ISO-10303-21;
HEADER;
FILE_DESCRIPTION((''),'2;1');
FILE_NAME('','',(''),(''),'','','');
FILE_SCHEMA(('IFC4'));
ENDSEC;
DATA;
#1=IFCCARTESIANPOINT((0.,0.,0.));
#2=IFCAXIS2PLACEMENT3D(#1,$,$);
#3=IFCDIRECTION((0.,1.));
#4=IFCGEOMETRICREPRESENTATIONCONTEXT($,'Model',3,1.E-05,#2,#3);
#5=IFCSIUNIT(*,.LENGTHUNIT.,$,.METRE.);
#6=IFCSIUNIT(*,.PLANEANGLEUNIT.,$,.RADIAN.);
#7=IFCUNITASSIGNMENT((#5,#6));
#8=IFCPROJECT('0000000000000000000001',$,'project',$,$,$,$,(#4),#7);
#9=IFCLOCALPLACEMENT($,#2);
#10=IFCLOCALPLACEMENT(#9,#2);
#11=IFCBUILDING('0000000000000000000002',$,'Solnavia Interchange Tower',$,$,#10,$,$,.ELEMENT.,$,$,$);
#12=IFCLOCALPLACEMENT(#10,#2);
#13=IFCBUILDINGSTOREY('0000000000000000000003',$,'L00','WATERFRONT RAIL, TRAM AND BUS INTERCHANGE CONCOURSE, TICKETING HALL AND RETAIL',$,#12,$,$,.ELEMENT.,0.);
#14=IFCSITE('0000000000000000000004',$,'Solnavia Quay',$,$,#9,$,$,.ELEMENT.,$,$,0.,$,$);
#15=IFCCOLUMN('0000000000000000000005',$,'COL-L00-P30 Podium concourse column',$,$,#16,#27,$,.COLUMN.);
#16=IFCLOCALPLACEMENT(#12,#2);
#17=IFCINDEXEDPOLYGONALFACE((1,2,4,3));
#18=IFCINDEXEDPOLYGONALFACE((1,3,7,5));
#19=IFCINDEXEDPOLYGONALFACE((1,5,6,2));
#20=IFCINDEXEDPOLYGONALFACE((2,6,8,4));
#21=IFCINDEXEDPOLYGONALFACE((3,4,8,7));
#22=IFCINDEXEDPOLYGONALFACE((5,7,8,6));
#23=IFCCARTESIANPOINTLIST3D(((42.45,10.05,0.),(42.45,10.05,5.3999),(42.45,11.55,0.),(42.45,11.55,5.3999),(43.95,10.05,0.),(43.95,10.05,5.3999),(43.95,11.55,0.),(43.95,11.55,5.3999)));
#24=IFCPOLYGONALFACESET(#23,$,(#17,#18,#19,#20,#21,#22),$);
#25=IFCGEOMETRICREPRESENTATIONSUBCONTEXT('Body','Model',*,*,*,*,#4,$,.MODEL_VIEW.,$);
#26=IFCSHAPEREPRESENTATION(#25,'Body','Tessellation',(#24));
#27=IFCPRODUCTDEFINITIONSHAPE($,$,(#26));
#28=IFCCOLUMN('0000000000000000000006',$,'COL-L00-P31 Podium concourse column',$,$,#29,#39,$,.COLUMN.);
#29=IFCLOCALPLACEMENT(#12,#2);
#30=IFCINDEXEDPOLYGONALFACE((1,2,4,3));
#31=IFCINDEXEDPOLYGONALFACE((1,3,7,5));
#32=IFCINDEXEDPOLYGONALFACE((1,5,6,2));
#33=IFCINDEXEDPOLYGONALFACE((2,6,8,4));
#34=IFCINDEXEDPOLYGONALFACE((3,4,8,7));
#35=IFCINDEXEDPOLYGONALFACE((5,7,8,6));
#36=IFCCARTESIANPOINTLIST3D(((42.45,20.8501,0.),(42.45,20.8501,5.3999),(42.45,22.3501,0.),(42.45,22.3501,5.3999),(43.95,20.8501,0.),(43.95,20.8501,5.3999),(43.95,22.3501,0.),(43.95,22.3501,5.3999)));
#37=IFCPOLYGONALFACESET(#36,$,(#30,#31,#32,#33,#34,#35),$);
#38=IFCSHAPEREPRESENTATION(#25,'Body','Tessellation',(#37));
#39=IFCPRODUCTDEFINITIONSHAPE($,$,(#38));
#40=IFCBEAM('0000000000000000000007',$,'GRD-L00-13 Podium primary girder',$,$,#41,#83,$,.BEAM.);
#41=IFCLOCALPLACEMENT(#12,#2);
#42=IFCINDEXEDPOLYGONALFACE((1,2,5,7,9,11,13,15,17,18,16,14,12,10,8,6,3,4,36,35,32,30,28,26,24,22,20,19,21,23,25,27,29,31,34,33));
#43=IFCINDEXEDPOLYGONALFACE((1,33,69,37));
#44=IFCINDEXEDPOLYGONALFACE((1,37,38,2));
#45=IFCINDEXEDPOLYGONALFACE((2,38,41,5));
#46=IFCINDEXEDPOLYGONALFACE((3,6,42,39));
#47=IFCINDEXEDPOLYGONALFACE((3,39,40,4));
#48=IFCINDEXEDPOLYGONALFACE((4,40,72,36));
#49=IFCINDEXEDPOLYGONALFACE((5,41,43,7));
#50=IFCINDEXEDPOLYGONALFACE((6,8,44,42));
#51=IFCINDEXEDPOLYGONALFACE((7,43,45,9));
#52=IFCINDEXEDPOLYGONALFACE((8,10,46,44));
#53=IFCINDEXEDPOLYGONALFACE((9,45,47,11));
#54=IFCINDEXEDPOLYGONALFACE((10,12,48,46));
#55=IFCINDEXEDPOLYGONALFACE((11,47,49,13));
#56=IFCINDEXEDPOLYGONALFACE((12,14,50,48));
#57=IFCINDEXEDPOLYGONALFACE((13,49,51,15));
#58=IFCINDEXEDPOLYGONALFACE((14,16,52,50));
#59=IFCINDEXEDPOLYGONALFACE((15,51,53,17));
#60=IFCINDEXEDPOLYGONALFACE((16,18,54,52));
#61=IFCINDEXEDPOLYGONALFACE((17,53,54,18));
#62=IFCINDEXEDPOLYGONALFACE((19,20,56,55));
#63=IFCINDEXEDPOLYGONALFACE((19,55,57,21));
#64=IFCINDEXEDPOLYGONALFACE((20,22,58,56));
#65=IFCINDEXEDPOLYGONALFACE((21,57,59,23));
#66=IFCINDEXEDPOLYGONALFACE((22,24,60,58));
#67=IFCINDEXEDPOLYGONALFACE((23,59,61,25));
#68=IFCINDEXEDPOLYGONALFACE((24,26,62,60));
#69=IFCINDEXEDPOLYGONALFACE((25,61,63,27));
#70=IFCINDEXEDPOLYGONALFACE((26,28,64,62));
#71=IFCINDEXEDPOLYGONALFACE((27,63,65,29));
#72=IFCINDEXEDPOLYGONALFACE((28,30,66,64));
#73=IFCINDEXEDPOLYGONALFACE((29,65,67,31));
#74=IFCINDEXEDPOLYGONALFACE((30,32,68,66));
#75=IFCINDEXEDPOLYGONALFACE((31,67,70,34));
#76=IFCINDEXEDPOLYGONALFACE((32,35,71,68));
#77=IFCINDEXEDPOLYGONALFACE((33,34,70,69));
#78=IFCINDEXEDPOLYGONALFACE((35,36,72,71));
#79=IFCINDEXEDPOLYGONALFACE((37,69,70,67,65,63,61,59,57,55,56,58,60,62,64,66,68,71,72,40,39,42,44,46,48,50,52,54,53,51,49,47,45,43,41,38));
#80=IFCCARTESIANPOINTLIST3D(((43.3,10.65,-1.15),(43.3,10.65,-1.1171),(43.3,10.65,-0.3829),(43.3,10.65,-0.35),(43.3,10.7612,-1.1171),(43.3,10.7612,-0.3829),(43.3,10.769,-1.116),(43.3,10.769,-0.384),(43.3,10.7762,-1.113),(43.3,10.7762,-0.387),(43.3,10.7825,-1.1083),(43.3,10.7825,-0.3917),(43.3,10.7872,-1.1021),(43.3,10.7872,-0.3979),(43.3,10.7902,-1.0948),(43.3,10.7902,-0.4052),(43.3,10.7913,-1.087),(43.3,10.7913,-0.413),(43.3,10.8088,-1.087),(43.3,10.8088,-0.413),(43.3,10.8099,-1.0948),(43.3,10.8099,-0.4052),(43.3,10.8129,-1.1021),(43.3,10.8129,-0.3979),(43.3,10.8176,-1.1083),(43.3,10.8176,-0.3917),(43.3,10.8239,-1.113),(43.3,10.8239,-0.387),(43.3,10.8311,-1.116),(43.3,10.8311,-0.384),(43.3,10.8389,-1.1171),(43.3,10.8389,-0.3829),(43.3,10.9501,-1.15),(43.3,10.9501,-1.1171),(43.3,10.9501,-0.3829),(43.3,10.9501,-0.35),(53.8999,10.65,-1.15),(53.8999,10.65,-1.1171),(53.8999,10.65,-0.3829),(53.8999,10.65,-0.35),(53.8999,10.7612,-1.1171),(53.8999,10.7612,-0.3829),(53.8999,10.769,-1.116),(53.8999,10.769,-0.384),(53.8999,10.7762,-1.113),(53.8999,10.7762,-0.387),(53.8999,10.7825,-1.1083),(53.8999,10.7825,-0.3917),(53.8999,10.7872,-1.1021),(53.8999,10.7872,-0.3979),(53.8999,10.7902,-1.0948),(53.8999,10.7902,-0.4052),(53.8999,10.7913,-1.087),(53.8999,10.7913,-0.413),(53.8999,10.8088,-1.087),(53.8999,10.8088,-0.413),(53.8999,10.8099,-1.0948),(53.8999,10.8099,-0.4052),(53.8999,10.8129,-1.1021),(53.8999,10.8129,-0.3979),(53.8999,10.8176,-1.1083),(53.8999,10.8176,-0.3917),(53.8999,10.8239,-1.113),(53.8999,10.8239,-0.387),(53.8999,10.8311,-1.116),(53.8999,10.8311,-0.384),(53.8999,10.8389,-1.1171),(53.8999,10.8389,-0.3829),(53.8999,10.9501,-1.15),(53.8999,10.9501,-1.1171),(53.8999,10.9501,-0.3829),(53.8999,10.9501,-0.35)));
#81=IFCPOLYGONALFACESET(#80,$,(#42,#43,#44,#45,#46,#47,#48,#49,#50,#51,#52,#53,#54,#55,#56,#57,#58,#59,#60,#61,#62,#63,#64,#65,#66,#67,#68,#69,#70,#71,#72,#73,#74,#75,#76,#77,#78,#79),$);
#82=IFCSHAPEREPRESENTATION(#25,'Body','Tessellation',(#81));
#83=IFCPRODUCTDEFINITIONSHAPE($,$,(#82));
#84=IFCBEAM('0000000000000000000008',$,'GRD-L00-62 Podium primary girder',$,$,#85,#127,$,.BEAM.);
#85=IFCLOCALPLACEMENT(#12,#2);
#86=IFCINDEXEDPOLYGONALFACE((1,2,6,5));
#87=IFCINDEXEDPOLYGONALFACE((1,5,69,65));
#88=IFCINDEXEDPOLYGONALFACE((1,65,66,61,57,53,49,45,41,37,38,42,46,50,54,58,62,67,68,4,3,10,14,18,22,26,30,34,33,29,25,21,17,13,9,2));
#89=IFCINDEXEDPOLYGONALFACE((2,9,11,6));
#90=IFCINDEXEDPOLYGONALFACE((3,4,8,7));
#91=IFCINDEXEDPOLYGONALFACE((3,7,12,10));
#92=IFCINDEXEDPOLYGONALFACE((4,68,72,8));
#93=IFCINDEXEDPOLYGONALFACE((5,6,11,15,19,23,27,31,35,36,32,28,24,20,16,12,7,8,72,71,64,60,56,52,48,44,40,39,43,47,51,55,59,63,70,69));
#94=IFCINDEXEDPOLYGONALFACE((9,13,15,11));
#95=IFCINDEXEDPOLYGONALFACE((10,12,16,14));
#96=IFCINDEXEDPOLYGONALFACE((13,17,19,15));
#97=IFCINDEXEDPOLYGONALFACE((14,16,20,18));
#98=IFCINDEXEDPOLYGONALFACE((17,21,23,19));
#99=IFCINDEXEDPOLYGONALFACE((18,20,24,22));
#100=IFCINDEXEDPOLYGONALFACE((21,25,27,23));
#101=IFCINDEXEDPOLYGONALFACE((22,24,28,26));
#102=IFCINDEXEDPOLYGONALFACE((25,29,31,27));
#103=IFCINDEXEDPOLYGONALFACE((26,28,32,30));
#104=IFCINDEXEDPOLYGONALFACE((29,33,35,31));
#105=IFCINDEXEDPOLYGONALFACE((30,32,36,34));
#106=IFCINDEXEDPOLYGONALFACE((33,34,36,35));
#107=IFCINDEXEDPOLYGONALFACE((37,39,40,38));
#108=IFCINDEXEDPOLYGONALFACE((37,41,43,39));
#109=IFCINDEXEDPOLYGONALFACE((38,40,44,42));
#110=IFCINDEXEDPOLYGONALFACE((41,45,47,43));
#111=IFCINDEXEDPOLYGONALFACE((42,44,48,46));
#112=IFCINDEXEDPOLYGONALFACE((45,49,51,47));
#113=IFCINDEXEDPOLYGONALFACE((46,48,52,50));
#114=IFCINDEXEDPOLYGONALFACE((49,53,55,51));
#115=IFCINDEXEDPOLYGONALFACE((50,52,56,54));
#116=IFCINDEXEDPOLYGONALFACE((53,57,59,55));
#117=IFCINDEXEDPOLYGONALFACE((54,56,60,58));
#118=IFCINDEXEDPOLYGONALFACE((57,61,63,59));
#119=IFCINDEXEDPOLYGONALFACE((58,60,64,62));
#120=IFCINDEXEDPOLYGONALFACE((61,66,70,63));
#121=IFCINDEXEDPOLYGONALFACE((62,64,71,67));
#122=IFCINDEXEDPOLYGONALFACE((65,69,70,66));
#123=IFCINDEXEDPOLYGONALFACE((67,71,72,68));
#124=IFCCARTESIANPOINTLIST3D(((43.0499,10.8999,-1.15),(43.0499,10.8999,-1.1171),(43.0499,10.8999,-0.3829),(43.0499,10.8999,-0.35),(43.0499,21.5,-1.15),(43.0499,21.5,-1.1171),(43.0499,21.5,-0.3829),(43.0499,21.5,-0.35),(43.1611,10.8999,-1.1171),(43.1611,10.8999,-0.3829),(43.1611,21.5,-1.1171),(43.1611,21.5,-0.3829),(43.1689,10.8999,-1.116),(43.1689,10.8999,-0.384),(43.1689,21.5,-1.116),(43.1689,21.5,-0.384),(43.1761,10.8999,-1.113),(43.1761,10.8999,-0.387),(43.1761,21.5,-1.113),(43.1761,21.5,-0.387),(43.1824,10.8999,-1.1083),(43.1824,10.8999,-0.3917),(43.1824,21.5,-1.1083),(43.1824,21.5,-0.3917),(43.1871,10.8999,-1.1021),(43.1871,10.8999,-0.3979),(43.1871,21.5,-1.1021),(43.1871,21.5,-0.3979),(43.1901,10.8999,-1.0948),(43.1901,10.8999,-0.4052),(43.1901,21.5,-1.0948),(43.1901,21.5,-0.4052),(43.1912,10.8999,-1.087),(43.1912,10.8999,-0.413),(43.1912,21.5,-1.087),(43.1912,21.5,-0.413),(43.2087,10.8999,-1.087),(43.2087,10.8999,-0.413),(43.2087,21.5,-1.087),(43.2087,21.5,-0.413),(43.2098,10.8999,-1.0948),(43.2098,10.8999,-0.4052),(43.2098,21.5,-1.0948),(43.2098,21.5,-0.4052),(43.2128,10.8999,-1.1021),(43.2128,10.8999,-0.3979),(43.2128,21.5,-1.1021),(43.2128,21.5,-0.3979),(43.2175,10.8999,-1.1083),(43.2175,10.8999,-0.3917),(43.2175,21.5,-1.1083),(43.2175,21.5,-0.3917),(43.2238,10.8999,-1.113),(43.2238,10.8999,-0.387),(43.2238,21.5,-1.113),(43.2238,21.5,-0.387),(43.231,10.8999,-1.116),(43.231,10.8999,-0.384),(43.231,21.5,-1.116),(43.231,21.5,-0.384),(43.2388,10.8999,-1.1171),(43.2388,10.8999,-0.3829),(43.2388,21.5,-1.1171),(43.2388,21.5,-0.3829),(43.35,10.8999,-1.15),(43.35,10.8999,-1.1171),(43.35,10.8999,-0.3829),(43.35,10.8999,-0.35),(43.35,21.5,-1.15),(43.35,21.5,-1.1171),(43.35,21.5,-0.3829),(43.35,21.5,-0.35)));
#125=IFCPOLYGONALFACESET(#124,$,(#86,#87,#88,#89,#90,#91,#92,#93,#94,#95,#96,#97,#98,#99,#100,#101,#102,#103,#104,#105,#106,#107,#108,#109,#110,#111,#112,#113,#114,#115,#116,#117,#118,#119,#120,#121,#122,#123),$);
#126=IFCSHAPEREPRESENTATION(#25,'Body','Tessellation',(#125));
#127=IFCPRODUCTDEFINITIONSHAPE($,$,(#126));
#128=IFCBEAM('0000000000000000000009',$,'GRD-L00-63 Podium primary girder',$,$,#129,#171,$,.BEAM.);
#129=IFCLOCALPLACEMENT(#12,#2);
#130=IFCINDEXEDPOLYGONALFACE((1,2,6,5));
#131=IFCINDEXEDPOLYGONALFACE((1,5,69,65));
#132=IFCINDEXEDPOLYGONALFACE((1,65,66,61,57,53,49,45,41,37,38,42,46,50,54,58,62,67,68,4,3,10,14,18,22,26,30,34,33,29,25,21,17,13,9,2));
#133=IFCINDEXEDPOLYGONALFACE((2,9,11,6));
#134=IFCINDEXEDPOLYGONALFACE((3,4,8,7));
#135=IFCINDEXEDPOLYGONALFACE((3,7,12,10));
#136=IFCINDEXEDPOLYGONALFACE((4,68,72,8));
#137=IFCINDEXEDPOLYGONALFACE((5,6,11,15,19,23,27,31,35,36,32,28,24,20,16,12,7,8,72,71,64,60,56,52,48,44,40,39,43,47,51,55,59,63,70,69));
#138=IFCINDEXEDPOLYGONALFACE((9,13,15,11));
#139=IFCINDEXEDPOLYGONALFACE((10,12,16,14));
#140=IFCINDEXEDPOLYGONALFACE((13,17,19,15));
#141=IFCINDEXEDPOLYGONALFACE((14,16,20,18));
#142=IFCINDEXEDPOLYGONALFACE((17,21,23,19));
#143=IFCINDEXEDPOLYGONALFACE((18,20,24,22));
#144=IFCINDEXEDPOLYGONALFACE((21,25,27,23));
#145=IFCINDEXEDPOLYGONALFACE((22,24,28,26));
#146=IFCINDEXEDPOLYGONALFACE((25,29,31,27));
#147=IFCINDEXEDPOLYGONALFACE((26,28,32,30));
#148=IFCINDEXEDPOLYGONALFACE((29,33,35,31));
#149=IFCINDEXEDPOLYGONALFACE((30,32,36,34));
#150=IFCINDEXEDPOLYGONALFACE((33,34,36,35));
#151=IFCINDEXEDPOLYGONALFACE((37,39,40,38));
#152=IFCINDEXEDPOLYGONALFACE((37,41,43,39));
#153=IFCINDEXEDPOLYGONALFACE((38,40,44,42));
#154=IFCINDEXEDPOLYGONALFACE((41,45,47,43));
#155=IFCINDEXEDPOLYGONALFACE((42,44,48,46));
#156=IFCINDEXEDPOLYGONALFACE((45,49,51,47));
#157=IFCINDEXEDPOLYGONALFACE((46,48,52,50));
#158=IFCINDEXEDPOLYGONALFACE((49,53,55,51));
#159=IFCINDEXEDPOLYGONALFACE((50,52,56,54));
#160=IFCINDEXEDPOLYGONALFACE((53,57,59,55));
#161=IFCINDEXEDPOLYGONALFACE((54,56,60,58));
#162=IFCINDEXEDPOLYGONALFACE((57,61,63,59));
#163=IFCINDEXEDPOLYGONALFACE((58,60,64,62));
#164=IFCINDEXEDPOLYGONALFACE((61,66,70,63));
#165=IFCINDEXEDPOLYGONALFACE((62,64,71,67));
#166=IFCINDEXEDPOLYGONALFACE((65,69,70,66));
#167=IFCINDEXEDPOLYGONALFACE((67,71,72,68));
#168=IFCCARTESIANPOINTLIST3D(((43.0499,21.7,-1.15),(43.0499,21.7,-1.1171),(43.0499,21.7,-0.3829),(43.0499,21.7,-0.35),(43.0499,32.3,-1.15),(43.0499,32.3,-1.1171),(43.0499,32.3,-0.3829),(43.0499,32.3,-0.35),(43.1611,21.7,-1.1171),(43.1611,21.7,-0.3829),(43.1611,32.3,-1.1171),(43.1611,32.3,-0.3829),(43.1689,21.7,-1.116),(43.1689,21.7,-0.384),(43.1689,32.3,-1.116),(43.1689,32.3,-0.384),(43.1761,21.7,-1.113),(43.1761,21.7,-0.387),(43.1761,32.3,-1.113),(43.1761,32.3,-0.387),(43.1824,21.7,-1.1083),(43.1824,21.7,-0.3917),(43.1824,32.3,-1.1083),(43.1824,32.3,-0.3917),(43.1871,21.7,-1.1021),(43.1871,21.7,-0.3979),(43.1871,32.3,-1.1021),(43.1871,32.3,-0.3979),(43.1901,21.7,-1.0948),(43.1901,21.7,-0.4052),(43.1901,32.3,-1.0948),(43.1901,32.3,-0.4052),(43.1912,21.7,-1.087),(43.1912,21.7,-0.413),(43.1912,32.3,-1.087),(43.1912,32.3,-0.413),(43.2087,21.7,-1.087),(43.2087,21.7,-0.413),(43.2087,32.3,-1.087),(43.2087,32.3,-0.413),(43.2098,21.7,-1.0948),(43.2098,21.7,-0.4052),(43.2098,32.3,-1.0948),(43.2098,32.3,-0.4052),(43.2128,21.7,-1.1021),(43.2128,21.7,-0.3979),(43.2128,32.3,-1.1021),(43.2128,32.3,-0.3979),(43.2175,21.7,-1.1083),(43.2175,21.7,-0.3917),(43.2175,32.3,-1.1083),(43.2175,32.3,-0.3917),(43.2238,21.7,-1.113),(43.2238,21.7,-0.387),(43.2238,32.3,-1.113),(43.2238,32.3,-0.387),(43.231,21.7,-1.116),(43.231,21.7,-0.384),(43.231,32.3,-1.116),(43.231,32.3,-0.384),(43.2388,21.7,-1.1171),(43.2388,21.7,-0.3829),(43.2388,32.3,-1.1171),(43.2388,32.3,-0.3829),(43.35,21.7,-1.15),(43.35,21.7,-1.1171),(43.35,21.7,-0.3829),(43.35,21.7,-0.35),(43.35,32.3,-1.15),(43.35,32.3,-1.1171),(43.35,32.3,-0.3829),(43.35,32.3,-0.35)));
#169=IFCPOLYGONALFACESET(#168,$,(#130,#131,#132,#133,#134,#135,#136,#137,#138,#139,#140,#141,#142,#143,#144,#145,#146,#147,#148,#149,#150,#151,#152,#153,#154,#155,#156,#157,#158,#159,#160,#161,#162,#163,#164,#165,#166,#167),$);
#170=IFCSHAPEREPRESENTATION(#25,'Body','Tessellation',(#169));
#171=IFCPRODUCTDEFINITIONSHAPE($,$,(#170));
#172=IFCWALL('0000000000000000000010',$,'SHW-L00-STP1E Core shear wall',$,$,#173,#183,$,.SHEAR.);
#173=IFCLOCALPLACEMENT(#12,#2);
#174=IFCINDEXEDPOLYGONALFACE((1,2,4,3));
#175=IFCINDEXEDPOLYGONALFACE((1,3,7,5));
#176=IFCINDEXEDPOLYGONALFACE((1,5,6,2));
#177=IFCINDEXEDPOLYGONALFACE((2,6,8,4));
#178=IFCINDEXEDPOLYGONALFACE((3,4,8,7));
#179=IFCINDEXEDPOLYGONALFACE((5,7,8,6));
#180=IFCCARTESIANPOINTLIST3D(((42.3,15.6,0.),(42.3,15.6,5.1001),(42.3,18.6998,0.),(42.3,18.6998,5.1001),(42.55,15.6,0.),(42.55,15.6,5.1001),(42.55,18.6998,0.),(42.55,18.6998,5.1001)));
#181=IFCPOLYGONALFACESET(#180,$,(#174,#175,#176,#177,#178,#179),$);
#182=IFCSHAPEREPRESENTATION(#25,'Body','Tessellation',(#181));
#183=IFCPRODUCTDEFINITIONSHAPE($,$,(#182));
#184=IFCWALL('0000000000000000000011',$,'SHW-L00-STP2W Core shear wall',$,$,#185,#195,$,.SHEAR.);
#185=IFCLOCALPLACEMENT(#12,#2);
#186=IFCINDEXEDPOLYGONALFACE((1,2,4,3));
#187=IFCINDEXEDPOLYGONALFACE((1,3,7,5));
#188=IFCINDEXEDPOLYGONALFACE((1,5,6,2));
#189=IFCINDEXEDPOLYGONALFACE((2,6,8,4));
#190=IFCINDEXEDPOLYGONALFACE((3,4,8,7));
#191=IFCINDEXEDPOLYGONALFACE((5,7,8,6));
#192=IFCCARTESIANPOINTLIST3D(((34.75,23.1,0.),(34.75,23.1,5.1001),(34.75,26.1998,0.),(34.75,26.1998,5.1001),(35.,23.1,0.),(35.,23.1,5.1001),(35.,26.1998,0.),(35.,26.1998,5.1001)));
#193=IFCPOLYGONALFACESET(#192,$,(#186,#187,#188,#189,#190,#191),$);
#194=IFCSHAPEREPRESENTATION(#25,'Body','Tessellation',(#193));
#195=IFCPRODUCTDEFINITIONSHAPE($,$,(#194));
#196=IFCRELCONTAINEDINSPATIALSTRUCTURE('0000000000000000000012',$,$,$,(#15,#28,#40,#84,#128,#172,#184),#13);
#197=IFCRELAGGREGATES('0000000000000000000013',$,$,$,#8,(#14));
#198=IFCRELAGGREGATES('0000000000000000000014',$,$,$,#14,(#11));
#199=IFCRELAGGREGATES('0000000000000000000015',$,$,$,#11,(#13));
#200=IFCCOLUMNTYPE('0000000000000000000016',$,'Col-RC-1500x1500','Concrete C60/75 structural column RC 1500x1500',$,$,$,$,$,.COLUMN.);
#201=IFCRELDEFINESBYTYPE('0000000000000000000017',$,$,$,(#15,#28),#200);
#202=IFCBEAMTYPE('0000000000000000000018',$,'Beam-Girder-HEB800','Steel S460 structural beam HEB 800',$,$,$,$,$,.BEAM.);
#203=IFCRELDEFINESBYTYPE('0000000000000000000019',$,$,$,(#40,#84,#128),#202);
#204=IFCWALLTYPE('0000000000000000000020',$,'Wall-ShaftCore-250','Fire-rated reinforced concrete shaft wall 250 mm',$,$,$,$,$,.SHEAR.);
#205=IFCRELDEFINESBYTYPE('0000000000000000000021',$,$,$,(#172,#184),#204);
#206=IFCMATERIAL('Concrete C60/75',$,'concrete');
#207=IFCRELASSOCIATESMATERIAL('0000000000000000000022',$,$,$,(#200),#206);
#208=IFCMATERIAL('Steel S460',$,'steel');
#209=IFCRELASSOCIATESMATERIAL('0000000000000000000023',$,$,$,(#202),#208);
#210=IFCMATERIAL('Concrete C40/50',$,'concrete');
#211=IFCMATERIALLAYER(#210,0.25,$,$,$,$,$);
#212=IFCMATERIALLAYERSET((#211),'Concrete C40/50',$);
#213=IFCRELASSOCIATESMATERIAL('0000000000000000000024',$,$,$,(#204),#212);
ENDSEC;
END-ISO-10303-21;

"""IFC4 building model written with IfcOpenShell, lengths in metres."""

from ifc_helpers import new_model, si_unit, direction, frame, frame_2d, origin, origin_2d, place, context, subcontext, project, spatial, rectangle, i_section, extrude, material, layer, layer_set, material_profile, profile_set, type_object, element, save


model = new_model("IFC4")

# Units and contexts
model_context = context("Model", 3, precision=1e-05, world=origin(), true_north=direction((0.0, 1.0)))
body_context = subcontext(model_context, "Body", "Model", "MODEL_VIEW")
ifc_project = project(units=[si_unit("LENGTHUNIT", "METRE"), si_unit("PLANEANGLEUNIT", "RADIAN")], contexts=[model_context])

# Site, building, storey
site_placement = place(None, origin())
site = spatial("IfcSite", under=ifc_project, at=site_placement, Name="Solnavia Quay", CompositionType="ELEMENT", RefElevation=0.0)
building_placement = place(site_placement, origin())
building = spatial("IfcBuilding", under=site, at=building_placement, Name="Solnavia Interchange Tower", CompositionType="ELEMENT")
storey_placement = place(building_placement, origin())
storey = spatial("IfcBuildingStorey", under=building, at=storey_placement, Name="L00", Description="WATERFRONT RAIL, TRAM AND BUS INTERCHANGE CONCOURSE, TICKETING HALL AND RETAIL", CompositionType="ELEMENT", Elevation=0.0)

# Columns
ifc_material_1 = material(Name="Concrete C60/75", Category="concrete")
ifc_material_profile_1 = material_profile(ifc_material_1, rectangle(XDim=1.5, YDim=1.5, at=origin_2d()), Name="RC 1500x1500")
ifc_profile_set_1 = profile_set([ifc_material_profile_1], Name="Concrete C60/75")
column_type = type_object("IfcColumnType", Name="Col-RC-1500x1500", Description="Concrete C60/75 structural column RC 1500x1500", PredefinedType="COLUMN", material=ifc_profile_set_1)
for number, where, z_axis, x_axis, name in (
    (1, (43.2, 10.8, 0.0), (0.0, 0.0, 1.0), (1.0, 0.0, 0.0), "COL-L00-P30 Podium concourse column"),
    (2, (43.2, 21.6001, 0.0), (0.0, 0.0, 1.0), (1.0, 0.0, 0.0), "COL-L00-P31 Podium concourse column"),
):
    element("IfcColumn", number, at=place(storey_placement, frame(where, z_axis=z_axis, x_axis=x_axis)), inside=storey, type_object=column_type, Name=name, PredefinedType="COLUMN", context=body_context, shape_type="SweptSolid", body=[
        extrude(rectangle(XDim=1.5, YDim=1.5, at=origin_2d()), origin(), (0.0, 0.0, 1.0), 5.3999),
    ])

# Beams
ifc_material_2 = material(Name="Steel S460", Category="steel")
ifc_material_profile_2 = material_profile(ifc_material_2, i_section(OverallWidth=0.3, OverallDepth=0.8, WebThickness=0.0176, FlangeThickness=0.033, FilletRadius=0.03, at=origin_2d()), Name="HEB 800")
ifc_profile_set_2 = profile_set([ifc_material_profile_2], Name="Steel S460")
beam_type = type_object("IfcBeamType", Name="Beam-Girder-HEB800", Description="Steel S460 structural beam HEB 800", PredefinedType="BEAM", material=ifc_profile_set_2)
beam_placement = place(storey_placement, frame((43.3, 10.8, -0.75), z_axis=(1.0, 0.0, 0.0), x_axis=(0.0, 1.0, 0.0)))
element("IfcBeam", 3, at=beam_placement, inside=storey, type_object=beam_type, Name="GRD-L00-13 Podium primary girder", PredefinedType="BEAM", context=body_context, shape_type="SweptSolid", body=[
    extrude(i_section(OverallWidth=0.3, OverallDepth=0.8, WebThickness=0.0176, FlangeThickness=0.033, FilletRadius=0.03, at=origin_2d()), origin(), (0.0, 0.0, 1.0), 10.5999),
])
for number, where, z_axis, x_axis, name in (
    (4, (43.2, 10.8999, -0.75), (0.0, 1.0, 0.0), (-1.0, 0.0, 0.0), "GRD-L00-62 Podium primary girder"),
    (5, (43.2, 21.7, -0.75), (0.0, 1.0, 0.0), (-1.0, 0.0, 0.0), "GRD-L00-63 Podium primary girder"),
):
    element("IfcBeam", number, at=place(storey_placement, frame(where, z_axis=z_axis, x_axis=x_axis)), inside=storey, type_object=beam_type, Name=name, PredefinedType="BEAM", context=body_context, shape_type="SweptSolid", body=[
        extrude(i_section(OverallWidth=0.3, OverallDepth=0.8, WebThickness=0.0176, FlangeThickness=0.033, FilletRadius=0.03, at=origin_2d()), origin(), (0.0, 0.0, 1.0), 10.6001),
    ])

# Walls
ifc_material_3 = material(Name="Concrete C40/50", Category="concrete")
ifc_layer_1 = layer(ifc_material_3, 0.25)
ifc_layer_set_1 = layer_set([ifc_layer_1], Name="Concrete C40/50")
wall_type_1 = type_object("IfcWallType", Name="Wall-ShaftCore-250", Description="Fire-rated reinforced concrete shaft wall 250 mm", PredefinedType="SHEAR", material=ifc_layer_set_1)
for number, where, z_axis, x_axis, name in (
    (6, (42.425, 15.6001, 0.0), (0.0, 0.0, 1.0), (0.0, 1.0, 0.0), "SHW-L00-STP1E Core shear wall"),
    (7, (34.875, 23.1001, 0.0), (0.0, 0.0, 1.0), (0.0, 1.0, 0.0), "SHW-L00-STP2W Core shear wall"),
):
    element("IfcWall", number, at=place(storey_placement, frame(where, z_axis=z_axis, x_axis=x_axis)), inside=storey, type_object=wall_type_1, Name=name, PredefinedType="SHEAR", context=body_context, shape_type="SweptSolid", body=[
        extrude(rectangle(XDim=3.0999, YDim=0.25, at=frame_2d((1.5498, 0.0))), origin(), (0.0, 0.0, 1.0), 5.1001),
    ])

save(model, "model.ifc")
